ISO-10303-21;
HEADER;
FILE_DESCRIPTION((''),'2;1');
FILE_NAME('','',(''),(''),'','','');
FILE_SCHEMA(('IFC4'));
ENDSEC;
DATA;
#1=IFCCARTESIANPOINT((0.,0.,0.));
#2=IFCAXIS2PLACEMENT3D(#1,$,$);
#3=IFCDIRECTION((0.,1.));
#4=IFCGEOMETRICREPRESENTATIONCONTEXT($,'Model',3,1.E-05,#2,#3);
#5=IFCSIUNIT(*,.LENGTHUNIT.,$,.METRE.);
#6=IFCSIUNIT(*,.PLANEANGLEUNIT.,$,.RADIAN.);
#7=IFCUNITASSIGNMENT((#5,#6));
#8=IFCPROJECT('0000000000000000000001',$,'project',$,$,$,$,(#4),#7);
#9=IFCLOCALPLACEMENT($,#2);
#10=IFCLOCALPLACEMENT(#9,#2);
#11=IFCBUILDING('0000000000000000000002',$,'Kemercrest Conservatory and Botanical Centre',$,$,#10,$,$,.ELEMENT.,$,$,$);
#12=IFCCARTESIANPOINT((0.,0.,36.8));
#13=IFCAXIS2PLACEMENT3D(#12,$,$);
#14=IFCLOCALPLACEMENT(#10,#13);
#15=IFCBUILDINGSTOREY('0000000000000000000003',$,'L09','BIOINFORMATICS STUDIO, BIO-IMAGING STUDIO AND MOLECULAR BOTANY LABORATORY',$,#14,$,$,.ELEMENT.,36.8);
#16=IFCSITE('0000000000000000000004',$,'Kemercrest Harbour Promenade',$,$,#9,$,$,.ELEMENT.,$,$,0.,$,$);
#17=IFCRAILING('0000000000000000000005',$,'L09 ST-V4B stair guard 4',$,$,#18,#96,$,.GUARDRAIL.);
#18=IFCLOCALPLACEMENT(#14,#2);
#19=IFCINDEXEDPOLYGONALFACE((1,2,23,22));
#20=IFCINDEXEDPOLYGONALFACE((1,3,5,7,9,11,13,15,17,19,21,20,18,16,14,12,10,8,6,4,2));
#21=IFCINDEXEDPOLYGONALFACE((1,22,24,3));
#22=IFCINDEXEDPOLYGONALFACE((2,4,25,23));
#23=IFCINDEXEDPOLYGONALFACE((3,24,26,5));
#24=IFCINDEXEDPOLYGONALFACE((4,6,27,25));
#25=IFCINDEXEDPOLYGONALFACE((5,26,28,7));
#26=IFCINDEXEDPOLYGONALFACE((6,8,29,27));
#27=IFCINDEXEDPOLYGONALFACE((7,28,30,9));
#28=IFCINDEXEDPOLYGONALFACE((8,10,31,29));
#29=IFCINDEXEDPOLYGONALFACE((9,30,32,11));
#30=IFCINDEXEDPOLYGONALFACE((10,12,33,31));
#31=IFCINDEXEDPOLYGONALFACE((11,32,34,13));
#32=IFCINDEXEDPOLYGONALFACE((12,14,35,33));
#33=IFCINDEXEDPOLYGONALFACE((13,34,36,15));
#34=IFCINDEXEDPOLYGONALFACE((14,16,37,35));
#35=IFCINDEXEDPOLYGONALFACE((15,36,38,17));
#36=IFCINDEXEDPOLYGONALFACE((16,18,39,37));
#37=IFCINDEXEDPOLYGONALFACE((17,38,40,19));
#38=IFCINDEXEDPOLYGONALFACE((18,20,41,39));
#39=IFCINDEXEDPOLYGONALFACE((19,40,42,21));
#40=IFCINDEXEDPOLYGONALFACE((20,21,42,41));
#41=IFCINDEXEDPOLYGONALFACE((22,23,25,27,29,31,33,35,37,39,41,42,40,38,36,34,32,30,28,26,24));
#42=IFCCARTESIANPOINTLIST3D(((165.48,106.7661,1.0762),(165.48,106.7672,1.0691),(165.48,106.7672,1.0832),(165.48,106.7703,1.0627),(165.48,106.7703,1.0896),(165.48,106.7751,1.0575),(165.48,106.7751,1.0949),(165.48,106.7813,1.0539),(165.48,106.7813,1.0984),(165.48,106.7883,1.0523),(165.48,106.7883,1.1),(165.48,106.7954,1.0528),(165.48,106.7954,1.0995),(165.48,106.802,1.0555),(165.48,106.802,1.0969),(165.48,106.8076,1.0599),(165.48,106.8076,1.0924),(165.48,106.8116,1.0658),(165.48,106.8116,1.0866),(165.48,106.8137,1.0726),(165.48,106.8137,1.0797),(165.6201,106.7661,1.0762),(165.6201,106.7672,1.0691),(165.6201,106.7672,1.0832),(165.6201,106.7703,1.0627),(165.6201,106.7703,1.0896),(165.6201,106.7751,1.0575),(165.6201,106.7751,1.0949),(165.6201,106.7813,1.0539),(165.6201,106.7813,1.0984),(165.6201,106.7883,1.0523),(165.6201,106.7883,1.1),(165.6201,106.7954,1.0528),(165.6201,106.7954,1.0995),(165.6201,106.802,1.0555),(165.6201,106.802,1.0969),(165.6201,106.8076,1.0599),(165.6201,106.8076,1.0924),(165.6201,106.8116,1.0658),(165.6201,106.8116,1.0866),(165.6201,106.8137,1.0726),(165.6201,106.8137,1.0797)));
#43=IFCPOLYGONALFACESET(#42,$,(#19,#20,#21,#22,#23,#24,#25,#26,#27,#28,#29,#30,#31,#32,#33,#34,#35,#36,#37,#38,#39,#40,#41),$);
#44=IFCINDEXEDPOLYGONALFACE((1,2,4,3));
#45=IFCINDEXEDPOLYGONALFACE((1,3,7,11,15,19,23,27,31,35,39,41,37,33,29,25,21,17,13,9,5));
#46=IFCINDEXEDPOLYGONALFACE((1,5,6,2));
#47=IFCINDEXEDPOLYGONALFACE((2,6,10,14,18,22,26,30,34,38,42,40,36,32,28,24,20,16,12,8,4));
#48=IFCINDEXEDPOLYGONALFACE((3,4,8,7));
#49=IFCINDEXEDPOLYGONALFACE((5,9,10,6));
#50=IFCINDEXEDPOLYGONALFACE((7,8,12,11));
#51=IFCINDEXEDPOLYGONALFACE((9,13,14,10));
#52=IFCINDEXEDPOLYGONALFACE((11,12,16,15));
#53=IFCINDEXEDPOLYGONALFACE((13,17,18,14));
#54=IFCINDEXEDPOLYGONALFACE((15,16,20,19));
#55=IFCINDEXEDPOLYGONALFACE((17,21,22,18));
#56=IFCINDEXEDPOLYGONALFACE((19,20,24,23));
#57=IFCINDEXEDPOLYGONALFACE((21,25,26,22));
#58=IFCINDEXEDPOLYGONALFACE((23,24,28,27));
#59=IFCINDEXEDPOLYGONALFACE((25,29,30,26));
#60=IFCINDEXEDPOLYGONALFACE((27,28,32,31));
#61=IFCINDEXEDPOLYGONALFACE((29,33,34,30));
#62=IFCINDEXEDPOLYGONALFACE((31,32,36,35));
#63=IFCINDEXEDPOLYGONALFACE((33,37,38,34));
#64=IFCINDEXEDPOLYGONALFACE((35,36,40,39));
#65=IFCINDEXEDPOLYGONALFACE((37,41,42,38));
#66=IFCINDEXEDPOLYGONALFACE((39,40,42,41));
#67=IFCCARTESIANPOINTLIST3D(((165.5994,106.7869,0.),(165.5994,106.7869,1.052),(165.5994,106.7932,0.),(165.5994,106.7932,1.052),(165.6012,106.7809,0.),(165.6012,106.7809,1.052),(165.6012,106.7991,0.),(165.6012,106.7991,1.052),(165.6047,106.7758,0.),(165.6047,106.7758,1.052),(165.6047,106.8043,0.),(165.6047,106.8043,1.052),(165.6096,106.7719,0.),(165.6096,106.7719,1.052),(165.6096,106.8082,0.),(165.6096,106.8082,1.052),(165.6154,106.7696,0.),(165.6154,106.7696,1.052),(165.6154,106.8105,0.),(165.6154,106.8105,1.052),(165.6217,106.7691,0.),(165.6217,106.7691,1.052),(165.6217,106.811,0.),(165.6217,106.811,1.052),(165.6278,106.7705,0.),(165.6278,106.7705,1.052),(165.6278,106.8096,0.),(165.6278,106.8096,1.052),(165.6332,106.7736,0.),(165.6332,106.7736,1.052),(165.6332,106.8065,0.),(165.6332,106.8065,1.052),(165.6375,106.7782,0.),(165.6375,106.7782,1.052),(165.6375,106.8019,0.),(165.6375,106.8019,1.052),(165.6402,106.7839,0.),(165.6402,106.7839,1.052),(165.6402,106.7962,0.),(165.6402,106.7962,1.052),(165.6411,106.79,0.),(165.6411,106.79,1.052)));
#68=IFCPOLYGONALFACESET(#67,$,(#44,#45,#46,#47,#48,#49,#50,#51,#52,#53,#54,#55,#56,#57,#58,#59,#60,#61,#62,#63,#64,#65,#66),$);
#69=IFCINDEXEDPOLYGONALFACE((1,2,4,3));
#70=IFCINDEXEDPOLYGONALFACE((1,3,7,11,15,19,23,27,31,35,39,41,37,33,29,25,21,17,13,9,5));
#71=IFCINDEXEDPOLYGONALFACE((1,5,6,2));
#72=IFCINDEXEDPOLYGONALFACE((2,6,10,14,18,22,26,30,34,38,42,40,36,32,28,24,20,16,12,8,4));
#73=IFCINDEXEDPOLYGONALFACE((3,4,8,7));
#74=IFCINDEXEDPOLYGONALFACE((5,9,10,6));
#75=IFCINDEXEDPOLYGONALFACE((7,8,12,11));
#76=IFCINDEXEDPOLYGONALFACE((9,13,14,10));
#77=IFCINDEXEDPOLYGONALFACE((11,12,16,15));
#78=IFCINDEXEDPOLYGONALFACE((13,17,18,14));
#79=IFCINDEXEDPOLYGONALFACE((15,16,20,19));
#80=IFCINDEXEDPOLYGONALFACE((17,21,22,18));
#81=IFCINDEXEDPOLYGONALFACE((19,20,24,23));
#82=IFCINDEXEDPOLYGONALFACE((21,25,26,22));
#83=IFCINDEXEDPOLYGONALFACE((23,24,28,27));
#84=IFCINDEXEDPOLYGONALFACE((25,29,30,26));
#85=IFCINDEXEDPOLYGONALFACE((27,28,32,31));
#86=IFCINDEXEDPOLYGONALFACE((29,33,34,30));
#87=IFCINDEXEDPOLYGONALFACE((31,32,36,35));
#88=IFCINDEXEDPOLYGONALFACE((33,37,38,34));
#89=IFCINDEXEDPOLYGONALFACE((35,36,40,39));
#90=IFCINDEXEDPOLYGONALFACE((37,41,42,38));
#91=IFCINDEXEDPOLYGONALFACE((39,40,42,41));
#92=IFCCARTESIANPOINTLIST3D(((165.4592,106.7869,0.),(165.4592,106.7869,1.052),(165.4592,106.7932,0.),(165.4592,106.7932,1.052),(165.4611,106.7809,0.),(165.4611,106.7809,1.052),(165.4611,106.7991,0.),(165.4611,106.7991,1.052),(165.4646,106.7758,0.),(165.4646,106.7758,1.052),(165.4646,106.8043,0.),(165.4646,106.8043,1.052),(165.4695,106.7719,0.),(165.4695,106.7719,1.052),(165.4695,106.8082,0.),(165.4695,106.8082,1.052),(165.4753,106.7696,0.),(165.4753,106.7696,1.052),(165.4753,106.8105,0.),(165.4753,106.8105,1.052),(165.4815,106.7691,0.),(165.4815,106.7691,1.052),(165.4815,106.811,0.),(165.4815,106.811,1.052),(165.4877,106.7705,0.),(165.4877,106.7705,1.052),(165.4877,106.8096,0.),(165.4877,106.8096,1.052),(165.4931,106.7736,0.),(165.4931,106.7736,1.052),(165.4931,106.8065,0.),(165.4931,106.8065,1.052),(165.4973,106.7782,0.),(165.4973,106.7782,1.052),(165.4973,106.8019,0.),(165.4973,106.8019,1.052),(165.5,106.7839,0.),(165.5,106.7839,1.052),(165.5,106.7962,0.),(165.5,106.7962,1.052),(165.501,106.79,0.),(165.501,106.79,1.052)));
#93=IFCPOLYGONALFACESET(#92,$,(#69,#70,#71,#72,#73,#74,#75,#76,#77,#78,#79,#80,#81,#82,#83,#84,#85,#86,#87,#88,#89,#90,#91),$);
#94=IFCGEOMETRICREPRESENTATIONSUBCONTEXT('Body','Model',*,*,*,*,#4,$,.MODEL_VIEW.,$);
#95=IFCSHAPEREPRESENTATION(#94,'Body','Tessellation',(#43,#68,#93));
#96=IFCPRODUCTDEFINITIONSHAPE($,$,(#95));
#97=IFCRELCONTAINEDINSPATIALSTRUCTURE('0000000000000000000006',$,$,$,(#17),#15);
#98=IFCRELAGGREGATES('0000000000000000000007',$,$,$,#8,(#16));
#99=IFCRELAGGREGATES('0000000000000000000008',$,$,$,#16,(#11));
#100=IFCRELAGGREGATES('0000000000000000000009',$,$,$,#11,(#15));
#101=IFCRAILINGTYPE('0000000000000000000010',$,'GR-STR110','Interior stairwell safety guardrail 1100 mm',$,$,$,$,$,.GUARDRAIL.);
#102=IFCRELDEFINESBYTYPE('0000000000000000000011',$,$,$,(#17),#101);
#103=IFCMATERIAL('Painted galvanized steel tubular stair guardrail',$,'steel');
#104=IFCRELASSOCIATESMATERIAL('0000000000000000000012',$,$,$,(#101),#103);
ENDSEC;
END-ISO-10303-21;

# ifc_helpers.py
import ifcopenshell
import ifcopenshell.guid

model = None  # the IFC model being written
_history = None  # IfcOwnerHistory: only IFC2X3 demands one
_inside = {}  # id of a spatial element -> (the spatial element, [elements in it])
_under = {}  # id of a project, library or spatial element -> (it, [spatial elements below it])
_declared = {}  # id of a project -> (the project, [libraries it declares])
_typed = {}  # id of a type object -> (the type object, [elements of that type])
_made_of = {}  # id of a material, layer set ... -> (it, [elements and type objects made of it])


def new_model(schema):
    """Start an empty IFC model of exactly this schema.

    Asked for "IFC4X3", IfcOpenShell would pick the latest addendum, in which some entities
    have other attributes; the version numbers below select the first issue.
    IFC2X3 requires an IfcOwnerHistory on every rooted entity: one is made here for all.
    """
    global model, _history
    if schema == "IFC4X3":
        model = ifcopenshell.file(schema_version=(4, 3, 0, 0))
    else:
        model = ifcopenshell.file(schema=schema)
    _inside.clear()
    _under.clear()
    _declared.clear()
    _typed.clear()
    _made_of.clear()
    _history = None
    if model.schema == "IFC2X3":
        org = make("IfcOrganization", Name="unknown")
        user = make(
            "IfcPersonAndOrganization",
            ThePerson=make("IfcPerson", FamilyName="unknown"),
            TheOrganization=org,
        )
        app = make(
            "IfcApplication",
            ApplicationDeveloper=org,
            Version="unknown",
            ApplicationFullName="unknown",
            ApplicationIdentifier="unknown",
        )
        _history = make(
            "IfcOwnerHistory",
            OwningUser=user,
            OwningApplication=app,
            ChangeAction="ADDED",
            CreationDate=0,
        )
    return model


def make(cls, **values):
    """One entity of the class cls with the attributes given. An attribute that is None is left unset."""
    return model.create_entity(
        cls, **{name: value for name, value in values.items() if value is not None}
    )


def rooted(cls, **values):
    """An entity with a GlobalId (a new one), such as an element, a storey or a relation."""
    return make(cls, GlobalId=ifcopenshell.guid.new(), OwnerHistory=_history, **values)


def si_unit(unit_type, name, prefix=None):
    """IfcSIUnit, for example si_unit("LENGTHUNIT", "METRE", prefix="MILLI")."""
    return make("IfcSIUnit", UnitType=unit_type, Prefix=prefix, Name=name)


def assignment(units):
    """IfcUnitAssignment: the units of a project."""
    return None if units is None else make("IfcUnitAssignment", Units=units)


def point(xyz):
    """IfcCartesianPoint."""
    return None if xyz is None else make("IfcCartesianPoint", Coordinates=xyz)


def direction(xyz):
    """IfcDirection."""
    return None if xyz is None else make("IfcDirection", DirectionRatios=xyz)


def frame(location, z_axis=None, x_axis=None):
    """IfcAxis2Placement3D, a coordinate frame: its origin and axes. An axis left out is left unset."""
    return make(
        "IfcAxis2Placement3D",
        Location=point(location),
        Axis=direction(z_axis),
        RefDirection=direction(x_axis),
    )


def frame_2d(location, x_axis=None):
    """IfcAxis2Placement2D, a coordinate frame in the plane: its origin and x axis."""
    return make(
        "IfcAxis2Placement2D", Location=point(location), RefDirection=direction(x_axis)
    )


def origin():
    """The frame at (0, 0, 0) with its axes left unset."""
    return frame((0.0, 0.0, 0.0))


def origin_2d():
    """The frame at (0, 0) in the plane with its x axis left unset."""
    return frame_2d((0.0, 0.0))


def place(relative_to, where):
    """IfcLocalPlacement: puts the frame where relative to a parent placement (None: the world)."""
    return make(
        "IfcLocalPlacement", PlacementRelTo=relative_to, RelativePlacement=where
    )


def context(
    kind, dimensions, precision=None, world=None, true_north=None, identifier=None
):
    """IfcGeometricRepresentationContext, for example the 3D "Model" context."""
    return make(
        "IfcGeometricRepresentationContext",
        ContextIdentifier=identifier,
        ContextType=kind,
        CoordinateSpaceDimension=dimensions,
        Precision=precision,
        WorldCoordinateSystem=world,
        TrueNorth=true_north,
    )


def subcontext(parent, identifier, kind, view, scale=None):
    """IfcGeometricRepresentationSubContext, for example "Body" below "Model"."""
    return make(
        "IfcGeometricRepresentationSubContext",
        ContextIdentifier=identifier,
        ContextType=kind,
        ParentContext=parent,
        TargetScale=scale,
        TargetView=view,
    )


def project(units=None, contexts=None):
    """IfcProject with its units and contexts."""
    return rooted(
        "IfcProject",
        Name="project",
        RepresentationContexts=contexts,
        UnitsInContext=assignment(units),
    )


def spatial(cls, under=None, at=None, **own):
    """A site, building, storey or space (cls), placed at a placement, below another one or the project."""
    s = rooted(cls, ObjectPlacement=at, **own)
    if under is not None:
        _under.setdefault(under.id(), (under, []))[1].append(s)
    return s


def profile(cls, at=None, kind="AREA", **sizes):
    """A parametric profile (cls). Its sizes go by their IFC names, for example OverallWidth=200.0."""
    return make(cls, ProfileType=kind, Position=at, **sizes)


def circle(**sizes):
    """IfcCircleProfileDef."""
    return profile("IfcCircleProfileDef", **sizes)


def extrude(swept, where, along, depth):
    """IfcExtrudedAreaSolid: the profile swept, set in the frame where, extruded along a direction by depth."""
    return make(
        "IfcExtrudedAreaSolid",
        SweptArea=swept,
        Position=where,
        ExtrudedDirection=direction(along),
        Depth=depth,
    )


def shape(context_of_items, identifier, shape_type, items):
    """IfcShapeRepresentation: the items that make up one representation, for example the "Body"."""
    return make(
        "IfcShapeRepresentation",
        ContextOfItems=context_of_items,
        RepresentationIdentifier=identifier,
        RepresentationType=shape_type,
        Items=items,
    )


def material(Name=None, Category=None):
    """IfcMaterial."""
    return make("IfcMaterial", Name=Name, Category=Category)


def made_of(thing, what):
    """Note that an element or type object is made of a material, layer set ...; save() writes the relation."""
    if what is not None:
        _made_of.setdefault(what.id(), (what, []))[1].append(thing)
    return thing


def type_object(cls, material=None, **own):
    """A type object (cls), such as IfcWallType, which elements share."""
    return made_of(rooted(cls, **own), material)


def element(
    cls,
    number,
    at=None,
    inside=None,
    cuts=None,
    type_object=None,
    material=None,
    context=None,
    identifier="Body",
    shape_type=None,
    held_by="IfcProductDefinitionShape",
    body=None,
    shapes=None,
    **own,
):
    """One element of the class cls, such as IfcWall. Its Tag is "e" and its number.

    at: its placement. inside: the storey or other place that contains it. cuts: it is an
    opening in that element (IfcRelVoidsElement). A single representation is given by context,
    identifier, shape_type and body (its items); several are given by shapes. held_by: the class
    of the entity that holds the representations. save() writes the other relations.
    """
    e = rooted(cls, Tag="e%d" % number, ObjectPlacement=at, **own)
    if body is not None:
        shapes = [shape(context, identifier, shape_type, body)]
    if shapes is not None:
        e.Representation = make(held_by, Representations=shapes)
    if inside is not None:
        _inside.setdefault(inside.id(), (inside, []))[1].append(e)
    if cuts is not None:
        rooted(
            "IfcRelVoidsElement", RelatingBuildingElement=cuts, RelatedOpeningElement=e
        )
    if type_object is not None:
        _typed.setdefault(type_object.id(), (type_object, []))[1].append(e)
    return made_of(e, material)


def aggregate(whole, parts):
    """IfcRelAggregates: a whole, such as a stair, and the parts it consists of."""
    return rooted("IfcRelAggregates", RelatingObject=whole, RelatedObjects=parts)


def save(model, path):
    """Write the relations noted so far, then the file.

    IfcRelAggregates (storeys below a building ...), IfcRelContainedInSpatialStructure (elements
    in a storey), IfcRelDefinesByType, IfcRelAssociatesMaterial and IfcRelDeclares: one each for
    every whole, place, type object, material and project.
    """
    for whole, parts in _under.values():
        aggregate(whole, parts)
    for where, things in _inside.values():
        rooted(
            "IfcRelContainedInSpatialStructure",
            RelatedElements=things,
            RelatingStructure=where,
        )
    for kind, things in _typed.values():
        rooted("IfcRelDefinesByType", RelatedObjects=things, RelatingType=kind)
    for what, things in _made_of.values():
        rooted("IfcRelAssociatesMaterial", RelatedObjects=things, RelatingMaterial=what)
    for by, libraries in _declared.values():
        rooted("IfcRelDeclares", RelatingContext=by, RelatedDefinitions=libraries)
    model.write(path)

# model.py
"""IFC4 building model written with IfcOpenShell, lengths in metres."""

from ifc_helpers import new_model, si_unit, direction, frame, origin, origin_2d, place, context, subcontext, project, spatial, circle, extrude, material, type_object, element, save


model = new_model("IFC4")

# Units and contexts
model_context = context("Model", 3, precision=1e-05, world=origin(), true_north=direction((0.0, 1.0)))
body_context = subcontext(model_context, "Body", "Model", "MODEL_VIEW")
ifc_project = project(units=[si_unit("LENGTHUNIT", "METRE"), si_unit("PLANEANGLEUNIT", "RADIAN")], contexts=[model_context])

# Site, building, storey
site_placement = place(None, origin())
site = spatial("IfcSite", under=ifc_project, at=site_placement, Name="Kemercrest Harbour Promenade", CompositionType="ELEMENT", RefElevation=0.0)
building_placement = place(site_placement, origin())
building = spatial("IfcBuilding", under=site, at=building_placement, Name="Kemercrest Conservatory and Botanical Centre", CompositionType="ELEMENT")
storey_placement = place(building_placement, frame((0.0, 0.0, 36.8)))
storey = spatial("IfcBuildingStorey", under=building, at=storey_placement, Name="L09", Description="BIOINFORMATICS STUDIO, BIO-IMAGING STUDIO AND MOLECULAR BOTANY LABORATORY", CompositionType="ELEMENT", Elevation=36.8)

# Railing
ifc_material_1 = material(Name="Painted galvanized steel tubular stair guardrail", Category="steel")
railing_type_1 = type_object("IfcRailingType", Name="GR-STR110", Description="Interior stairwell safety guardrail 1100 mm", PredefinedType="GUARDRAIL", material=ifc_material_1)
railing_1_placement = place(storey_placement, frame((165.6201, 106.79, 0.0)))
element("IfcRailing", 1, at=railing_1_placement, inside=storey, type_object=railing_type_1, Name="L09 ST-V4B stair guard 4", PredefinedType="GUARDRAIL", context=body_context, shape_type="SweptSolid", body=[
    extrude(circle(Radius=0.0239, at=origin_2d()), frame((0.0, 0.0, 1.0762), z_axis=(-1.0, 0.0, 0.0), x_axis=(0.0, -1.0, 0.0)), (0.0, 0.0, 1.0), 0.1401),
    extrude(circle(Radius=0.021, at=origin_2d()), origin(), (0.0, 0.0, 1.0), 1.052),
    extrude(circle(Radius=0.021, at=origin_2d()), frame((-0.1401, 0.0, 0.0)), (0.0, 0.0, 1.0), 1.052),
])

save(model, "model.ifc")
